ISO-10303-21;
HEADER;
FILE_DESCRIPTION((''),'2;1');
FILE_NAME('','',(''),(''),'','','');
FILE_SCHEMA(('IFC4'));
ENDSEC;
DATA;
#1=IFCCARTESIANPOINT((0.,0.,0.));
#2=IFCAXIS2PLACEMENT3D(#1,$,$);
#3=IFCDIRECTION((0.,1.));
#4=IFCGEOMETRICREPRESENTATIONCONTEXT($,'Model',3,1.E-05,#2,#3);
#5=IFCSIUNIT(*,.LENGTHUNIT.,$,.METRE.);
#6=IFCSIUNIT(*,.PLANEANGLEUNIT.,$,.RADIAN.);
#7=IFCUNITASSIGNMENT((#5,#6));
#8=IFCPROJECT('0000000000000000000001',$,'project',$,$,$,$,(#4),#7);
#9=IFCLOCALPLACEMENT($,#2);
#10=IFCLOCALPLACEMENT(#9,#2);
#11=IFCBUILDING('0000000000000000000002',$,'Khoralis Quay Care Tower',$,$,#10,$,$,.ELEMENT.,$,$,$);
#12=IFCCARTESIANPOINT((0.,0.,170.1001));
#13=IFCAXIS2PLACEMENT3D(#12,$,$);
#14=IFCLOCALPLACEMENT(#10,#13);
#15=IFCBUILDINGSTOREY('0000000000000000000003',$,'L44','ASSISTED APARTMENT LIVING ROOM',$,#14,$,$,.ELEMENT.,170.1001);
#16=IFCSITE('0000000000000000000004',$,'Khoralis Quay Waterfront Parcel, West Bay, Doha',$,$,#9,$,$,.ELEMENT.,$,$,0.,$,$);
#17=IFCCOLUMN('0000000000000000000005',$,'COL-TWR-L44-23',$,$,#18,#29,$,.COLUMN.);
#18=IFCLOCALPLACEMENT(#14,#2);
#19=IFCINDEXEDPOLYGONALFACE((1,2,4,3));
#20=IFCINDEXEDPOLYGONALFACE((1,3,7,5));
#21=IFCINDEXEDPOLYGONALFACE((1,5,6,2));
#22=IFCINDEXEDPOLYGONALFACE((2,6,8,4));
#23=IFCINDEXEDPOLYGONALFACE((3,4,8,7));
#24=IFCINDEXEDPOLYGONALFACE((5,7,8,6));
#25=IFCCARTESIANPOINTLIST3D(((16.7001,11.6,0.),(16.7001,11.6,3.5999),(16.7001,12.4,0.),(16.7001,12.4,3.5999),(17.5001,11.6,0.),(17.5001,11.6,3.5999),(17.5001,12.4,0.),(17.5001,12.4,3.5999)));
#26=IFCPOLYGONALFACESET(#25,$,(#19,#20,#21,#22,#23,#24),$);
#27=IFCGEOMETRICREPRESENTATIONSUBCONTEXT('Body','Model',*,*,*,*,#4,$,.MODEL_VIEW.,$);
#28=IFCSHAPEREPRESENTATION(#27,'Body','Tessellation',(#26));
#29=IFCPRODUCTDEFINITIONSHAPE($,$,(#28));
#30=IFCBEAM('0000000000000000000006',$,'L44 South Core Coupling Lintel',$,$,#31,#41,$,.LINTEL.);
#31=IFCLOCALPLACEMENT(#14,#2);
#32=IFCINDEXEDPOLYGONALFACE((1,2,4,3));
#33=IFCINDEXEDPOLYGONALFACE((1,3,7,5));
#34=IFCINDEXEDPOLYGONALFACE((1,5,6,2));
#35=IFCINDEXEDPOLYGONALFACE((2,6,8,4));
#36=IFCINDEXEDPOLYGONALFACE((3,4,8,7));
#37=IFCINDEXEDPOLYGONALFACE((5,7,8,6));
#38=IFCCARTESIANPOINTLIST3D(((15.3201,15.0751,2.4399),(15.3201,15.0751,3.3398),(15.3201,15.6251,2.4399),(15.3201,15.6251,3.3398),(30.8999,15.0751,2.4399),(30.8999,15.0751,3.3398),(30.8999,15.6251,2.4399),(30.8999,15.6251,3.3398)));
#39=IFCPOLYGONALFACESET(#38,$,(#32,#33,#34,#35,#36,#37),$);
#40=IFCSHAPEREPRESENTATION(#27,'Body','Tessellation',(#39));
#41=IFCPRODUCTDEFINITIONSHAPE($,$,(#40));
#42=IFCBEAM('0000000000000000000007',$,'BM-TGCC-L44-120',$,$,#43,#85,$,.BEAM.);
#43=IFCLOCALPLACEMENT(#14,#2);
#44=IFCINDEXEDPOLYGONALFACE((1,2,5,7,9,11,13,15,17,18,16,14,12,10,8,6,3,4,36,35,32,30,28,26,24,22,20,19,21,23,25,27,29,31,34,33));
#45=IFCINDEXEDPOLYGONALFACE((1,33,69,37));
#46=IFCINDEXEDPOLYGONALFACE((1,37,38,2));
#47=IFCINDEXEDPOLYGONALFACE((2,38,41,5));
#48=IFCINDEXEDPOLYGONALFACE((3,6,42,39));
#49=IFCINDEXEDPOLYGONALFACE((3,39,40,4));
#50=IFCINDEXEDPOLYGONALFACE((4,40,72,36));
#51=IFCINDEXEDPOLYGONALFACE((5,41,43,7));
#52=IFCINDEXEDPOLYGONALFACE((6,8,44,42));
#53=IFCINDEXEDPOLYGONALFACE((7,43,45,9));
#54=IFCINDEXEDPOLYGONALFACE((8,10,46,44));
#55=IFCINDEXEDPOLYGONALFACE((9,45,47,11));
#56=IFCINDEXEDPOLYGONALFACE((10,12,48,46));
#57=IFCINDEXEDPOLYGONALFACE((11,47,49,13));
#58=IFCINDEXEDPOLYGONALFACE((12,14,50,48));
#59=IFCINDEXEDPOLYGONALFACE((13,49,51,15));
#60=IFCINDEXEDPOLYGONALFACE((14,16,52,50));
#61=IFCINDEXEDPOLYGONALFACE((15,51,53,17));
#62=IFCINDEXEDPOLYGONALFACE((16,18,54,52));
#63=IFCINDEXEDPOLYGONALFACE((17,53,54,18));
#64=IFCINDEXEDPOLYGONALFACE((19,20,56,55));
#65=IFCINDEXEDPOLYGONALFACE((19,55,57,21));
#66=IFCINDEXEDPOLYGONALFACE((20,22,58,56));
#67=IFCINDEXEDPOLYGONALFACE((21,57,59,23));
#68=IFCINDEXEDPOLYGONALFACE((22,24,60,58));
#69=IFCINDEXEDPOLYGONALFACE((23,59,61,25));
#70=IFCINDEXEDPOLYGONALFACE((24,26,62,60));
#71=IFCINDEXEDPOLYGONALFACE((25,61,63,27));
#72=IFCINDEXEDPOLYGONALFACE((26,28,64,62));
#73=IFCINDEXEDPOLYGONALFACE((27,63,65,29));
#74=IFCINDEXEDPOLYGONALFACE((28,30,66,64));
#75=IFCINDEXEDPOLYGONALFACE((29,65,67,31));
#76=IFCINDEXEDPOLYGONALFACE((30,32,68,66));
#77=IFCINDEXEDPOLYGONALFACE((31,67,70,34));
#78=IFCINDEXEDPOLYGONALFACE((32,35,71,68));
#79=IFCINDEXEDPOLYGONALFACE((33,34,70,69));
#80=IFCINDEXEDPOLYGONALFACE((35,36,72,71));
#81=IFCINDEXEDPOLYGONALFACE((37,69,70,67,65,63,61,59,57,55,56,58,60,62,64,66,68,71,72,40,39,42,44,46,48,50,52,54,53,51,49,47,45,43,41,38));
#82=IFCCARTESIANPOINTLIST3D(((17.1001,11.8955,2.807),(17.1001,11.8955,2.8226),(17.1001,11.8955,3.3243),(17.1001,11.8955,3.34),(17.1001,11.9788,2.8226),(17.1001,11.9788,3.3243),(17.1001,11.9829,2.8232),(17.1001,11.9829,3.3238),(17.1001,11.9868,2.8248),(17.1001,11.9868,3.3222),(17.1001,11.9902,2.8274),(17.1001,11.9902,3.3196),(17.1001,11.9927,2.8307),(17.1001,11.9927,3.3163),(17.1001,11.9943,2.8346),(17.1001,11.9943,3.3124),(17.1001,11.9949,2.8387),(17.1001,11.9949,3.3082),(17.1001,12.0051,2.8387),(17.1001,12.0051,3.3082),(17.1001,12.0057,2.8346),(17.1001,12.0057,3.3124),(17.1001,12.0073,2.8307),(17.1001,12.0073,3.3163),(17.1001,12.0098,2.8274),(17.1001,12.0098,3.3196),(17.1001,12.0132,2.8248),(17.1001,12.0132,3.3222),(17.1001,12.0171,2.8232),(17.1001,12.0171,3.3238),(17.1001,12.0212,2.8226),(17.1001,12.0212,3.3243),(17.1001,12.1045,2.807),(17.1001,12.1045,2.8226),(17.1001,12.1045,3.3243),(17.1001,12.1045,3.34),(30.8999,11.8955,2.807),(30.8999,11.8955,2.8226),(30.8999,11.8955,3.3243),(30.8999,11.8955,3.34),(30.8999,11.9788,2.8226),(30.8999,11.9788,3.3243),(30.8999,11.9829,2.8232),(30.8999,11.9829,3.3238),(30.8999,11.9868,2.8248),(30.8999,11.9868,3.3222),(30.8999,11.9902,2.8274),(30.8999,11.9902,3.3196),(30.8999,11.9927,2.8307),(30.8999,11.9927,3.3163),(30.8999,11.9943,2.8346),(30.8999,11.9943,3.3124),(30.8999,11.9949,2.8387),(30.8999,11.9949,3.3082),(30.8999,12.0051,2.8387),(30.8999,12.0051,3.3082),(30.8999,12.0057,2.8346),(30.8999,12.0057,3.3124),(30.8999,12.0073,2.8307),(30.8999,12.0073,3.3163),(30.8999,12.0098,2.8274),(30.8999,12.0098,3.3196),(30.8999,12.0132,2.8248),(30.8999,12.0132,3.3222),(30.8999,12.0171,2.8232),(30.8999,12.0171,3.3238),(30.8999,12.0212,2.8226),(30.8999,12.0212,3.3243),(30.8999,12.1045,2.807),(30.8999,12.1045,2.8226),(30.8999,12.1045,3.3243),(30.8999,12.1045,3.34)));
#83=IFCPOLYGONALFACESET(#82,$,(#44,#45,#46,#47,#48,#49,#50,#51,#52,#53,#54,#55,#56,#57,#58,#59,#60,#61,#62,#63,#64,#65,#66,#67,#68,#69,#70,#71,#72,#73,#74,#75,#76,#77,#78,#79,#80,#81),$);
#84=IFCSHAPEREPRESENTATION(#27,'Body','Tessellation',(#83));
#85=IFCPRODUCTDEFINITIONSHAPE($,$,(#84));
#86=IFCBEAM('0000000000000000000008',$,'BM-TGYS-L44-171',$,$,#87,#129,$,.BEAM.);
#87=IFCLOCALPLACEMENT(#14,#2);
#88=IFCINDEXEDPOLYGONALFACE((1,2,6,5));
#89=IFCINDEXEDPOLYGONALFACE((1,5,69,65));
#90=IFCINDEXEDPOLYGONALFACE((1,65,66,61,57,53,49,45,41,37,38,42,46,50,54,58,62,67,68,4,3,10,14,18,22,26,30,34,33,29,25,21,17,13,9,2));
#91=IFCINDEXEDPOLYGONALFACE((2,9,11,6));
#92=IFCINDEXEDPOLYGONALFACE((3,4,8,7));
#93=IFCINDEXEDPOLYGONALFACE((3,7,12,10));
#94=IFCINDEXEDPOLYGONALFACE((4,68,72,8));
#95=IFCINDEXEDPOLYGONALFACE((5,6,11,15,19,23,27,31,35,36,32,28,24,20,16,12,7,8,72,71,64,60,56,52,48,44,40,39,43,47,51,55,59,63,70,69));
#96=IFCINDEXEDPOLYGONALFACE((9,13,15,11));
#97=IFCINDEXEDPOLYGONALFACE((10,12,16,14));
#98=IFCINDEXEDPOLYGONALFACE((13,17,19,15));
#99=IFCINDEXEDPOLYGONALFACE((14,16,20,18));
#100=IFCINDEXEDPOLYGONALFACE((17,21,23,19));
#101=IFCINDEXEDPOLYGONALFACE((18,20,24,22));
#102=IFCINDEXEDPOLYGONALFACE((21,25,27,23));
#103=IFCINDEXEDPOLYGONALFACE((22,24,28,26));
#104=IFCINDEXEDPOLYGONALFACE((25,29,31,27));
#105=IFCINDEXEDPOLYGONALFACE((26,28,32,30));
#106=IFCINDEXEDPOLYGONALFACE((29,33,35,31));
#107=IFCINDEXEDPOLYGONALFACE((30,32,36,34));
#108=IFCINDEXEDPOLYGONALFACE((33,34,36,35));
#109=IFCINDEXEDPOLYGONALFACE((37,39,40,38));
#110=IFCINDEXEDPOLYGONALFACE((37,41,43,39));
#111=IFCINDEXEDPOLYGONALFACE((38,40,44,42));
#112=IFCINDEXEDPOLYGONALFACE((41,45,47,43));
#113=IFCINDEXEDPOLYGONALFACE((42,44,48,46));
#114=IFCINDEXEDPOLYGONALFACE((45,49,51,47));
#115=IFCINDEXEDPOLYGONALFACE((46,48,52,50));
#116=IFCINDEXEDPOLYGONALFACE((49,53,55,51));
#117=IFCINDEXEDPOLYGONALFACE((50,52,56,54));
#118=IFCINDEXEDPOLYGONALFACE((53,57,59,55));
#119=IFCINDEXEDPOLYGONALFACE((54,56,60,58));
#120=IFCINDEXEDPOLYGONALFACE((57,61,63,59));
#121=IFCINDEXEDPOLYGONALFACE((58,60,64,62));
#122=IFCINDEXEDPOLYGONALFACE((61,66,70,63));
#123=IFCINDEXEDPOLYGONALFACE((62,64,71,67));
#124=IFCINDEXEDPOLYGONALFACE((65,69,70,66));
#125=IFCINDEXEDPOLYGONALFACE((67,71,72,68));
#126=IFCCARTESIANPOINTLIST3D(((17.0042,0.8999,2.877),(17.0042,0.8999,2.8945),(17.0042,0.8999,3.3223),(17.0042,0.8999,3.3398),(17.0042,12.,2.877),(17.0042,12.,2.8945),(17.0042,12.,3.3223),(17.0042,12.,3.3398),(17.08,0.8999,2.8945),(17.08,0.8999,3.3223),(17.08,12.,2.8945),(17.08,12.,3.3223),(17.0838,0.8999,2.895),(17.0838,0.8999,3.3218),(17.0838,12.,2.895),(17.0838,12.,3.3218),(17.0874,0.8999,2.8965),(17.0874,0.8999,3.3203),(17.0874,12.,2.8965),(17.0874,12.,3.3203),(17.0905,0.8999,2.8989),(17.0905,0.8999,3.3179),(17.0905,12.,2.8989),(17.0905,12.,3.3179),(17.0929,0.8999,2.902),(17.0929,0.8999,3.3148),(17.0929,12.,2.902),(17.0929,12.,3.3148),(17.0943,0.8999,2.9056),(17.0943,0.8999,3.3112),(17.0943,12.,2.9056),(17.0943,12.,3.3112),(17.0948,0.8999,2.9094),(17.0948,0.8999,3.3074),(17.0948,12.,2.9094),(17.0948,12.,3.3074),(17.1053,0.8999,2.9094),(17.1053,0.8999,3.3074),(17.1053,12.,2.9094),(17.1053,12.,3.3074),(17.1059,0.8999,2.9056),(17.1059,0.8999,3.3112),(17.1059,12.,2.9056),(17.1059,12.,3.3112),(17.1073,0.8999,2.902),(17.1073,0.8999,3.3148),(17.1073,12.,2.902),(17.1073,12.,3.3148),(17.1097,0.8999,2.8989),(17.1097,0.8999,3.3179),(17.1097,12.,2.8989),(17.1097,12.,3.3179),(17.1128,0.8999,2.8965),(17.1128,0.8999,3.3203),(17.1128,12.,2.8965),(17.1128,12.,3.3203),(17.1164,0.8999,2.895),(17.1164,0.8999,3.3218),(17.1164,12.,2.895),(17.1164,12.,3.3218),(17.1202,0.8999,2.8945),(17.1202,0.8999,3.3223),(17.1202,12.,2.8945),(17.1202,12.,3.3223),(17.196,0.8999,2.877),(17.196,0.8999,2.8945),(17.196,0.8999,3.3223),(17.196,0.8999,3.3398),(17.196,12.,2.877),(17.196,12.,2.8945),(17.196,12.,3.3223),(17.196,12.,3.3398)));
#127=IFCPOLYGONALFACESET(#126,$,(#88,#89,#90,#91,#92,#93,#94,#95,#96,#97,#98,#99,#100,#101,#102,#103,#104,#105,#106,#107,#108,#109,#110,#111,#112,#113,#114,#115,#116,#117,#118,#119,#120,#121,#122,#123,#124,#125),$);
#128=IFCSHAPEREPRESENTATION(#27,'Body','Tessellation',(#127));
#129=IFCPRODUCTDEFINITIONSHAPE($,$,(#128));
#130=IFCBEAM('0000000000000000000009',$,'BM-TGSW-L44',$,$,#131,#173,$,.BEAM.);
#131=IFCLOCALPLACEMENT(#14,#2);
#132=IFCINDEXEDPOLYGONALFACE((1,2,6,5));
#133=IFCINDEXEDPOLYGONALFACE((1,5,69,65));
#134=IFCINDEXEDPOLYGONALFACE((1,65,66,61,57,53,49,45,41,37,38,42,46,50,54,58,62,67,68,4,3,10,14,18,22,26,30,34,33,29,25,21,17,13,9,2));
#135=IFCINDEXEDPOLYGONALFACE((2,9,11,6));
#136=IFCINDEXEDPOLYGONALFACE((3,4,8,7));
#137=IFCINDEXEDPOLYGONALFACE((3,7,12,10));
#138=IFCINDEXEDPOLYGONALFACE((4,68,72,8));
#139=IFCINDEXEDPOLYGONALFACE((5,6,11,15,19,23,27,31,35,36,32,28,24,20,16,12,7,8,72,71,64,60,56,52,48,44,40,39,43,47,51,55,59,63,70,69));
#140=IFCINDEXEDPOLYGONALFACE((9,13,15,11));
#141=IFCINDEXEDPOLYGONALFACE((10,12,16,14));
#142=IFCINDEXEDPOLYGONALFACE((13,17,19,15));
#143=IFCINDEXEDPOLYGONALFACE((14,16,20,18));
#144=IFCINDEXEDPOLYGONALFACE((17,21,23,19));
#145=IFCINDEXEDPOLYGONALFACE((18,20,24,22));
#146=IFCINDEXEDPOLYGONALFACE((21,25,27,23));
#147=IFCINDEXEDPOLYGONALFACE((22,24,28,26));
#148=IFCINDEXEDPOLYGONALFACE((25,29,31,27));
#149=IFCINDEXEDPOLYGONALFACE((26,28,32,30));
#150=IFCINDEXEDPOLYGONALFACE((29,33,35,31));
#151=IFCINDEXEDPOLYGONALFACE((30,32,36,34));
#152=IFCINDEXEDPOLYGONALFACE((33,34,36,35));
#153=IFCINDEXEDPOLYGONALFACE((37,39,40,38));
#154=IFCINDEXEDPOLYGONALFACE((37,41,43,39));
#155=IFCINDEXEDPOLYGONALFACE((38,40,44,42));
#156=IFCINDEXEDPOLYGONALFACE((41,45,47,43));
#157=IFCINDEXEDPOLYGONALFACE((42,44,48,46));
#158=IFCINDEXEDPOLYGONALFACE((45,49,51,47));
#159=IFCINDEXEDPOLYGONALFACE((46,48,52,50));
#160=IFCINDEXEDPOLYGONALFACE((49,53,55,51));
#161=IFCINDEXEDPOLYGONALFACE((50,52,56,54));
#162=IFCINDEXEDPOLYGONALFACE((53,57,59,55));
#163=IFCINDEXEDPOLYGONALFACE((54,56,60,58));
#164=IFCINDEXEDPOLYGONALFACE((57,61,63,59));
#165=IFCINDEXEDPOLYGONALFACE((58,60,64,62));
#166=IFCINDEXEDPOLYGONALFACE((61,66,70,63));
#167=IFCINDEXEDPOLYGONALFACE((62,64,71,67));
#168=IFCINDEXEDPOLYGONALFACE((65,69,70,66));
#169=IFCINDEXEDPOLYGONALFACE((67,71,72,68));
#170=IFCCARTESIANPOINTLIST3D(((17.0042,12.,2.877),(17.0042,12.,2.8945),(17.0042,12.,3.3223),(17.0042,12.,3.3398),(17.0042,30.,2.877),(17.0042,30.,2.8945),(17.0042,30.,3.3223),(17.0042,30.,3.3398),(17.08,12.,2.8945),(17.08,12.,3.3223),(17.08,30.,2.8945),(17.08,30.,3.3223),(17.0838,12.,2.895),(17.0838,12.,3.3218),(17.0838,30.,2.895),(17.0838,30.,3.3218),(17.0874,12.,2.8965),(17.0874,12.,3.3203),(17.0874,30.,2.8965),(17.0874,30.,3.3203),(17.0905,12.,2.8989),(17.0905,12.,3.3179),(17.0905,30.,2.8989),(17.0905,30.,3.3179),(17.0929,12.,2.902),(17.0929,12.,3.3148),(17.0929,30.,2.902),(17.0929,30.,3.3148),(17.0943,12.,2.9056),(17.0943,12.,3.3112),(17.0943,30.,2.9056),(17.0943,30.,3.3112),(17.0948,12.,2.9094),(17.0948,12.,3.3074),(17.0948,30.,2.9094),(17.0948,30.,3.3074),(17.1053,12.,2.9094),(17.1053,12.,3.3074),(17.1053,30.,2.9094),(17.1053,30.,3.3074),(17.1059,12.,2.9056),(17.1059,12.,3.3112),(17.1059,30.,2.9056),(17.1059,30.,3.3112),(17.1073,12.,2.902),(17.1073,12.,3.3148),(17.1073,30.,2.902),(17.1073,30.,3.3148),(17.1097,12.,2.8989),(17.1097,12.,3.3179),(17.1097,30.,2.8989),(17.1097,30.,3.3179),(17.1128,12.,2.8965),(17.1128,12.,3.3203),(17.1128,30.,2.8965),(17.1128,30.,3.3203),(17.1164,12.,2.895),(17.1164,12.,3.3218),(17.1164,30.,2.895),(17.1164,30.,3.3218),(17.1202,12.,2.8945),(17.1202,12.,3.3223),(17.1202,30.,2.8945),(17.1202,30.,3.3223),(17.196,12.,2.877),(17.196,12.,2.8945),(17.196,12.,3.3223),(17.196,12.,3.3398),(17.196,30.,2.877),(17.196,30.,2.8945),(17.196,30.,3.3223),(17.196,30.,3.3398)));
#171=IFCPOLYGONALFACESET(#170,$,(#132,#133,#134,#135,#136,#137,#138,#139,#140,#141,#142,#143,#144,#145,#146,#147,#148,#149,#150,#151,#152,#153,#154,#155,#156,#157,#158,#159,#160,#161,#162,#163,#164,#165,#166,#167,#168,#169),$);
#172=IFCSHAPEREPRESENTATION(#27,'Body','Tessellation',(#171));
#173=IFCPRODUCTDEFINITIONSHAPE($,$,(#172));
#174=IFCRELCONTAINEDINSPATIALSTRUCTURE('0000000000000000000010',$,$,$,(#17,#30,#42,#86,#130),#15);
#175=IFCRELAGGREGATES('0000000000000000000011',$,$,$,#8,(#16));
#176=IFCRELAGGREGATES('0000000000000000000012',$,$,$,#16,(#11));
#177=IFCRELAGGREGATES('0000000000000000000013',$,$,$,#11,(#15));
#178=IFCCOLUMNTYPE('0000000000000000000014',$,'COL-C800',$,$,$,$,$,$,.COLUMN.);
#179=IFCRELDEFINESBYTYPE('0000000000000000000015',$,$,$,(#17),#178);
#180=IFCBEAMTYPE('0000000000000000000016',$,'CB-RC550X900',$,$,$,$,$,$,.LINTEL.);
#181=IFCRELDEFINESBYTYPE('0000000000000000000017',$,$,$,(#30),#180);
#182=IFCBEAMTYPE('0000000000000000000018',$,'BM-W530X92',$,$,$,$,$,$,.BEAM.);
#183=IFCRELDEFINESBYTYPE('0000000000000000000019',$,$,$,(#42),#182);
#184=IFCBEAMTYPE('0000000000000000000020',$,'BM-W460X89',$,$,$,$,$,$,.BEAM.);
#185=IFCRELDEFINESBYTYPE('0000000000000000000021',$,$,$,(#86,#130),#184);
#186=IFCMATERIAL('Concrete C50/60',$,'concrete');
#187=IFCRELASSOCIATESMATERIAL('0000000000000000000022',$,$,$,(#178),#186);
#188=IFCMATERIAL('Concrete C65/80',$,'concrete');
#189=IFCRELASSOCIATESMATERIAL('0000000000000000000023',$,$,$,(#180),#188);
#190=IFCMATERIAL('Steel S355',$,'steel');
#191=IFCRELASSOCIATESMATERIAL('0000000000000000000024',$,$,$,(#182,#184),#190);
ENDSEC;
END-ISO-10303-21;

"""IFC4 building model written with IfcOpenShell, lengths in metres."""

from ifc_helpers import new_model, si_unit, direction, frame, origin, origin_2d, place, context, subcontext, project, spatial, rectangle, i_section, extrude, source, transform, mapped, material, material_profile, profile_set, type_object, element, save


model = new_model("IFC4")

# Units and contexts
model_context = context("Model", 3, precision=1e-05, world=origin(), true_north=direction((0.0, 1.0)))
body_context = subcontext(model_context, "Body", "Model", "MODEL_VIEW")
ifc_project = project(units=[si_unit("LENGTHUNIT", "METRE"), si_unit("PLANEANGLEUNIT", "RADIAN")], contexts=[model_context])

# Site, building, storey
site_placement = place(None, origin())
site = spatial("IfcSite", under=ifc_project, at=site_placement, Name="Khoralis Quay Waterfront Parcel, West Bay, Doha", CompositionType="ELEMENT", RefElevation=0.0)
building_placement = place(site_placement, origin())
building = spatial("IfcBuilding", under=site, at=building_placement, Name="Khoralis Quay Care Tower", CompositionType="ELEMENT")
storey_placement = place(building_placement, frame((0.0, 0.0, 170.1001)))
storey = spatial("IfcBuildingStorey", under=building, at=storey_placement, Name="L44", Description="ASSISTED APARTMENT LIVING ROOM", CompositionType="ELEMENT", Elevation=170.1001)

# Column
ifc_material_1 = material(Name="Concrete C50/60", Category="concrete")
ifc_material_profile_1 = material_profile(ifc_material_1, rectangle(XDim=0.8, YDim=0.8, at=origin_2d()), Name="Concrete C50/60")
ifc_profile_set_1 = profile_set([ifc_material_profile_1], Name="Concrete C50/60")
column_type = type_object("IfcColumnType", Name="COL-C800", PredefinedType="COLUMN", material=ifc_profile_set_1)
shared_shape_1 = source(origin(), body_context, "Body", "SweptSolid", [
    extrude(rectangle(XDim=0.8, YDim=0.8, at=origin_2d()), origin(), (0.0, 0.0, 1.0), 3.5999),
])
column_placement = place(storey_placement, frame((17.1001, 12.0, 0.0), z_axis=(0.0, 0.0, 1.0), x_axis=(1.0, 0.0, 0.0)))
element("IfcColumn", 1, at=column_placement, inside=storey, type_object=column_type, Name="COL-TWR-L44-23", PredefinedType="COLUMN", context=body_context, shape_type="MappedRepresentation", body=[
    mapped(shared_shape_1, transform((0.0, 0.0, 0.0), scale=1.0)),
])

# Beams
ifc_material_2 = material(Name="Concrete C65/80", Category="concrete")
ifc_material_profile_2 = material_profile(ifc_material_2, rectangle(XDim=0.55, YDim=0.8999, at=origin_2d()), Name="Concrete C65/80")
ifc_profile_set_2 = profile_set([ifc_material_profile_2], Name="Concrete C65/80")
beam_type_1 = type_object("IfcBeamType", Name="CB-RC550X900", PredefinedType="LINTEL", material=ifc_profile_set_2)
shared_shape_2 = source(origin(), body_context, "Body", "SweptSolid", [
    extrude(rectangle(XDim=0.55, YDim=0.8999, at=origin_2d()), origin(), (0.0, 0.0, 1.0), 15.5798),
])
beam_1_placement = place(storey_placement, frame((15.3201, 15.3501, 2.8899), z_axis=(1.0, 0.0, 0.0), x_axis=(0.0, 1.0, 0.0)))
element("IfcBeam", 2, at=beam_1_placement, inside=storey, type_object=beam_type_1, Name="L44 South Core Coupling Lintel", PredefinedType="LINTEL", context=body_context, shape_type="MappedRepresentation", body=[
    mapped(shared_shape_2, transform((0.0, 0.0, 0.0), scale=1.0)),
])
ifc_material_3 = material(Name="Steel S355", Category="steel")
ifc_material_profile_3 = material_profile(ifc_material_3, i_section(OverallWidth=0.209, OverallDepth=0.533, WebThickness=0.0103, FlangeThickness=0.0156, FilletRadius=0.0161, at=origin_2d()), Name="Steel S355")
ifc_profile_set_3 = profile_set([ifc_material_profile_3], Name="Steel S355")
beam_type_2 = type_object("IfcBeamType", Name="BM-W530X92", PredefinedType="BEAM", material=ifc_profile_set_3)
shared_shape_3 = source(origin(), body_context, "Body", "SweptSolid", [
    extrude(i_section(OverallWidth=0.209, OverallDepth=0.533, WebThickness=0.0103, FlangeThickness=0.0156, FilletRadius=0.0161, at=origin_2d()), origin(), (0.0, 0.0, 1.0), 13.7998),
])
beam_2_placement = place(storey_placement, frame((17.1001, 12.0, 3.0735), z_axis=(1.0, 0.0, 0.0), x_axis=(0.0, 1.0, 0.0)))
element("IfcBeam", 3, at=beam_2_placement, inside=storey, type_object=beam_type_2, Name="BM-TGCC-L44-120", PredefinedType="BEAM", context=body_context, shape_type="MappedRepresentation", body=[
    mapped(shared_shape_3, transform((0.0, 0.0, 0.0), scale=1.0)),
])
ifc_material_profile_4 = material_profile(ifc_material_3, i_section(OverallWidth=0.1919, OverallDepth=0.4629, WebThickness=0.0105, FlangeThickness=0.0176, FilletRadius=0.0149, at=origin_2d()), Name="Steel S355")
ifc_profile_set_4 = profile_set([ifc_material_profile_4], Name="Steel S355")
beam_type_3 = type_object("IfcBeamType", Name="BM-W460X89", PredefinedType="BEAM", material=ifc_profile_set_4)
shared_shape_4 = source(origin(), body_context, "Body", "SweptSolid", [
    extrude(i_section(OverallWidth=0.1919, OverallDepth=0.4629, WebThickness=0.0105, FlangeThickness=0.0176, FilletRadius=0.0149, at=origin_2d()), origin(), (0.0, 0.0, 1.0), 11.1001),
])
beam_3_placement = place(storey_placement, frame((17.1001, 0.8999, 3.1084), z_axis=(0.0, 1.0, 0.0), x_axis=(-1.0, 0.0, 0.0)))
element("IfcBeam", 4, at=beam_3_placement, inside=storey, type_object=beam_type_3, Name="BM-TGYS-L44-171", PredefinedType="BEAM", context=body_context, shape_type="MappedRepresentation", body=[
    mapped(shared_shape_4, transform((0.0, 0.0, 0.0), scale=1.0)),
])
shared_shape_5 = source(origin(), body_context, "Body", "SweptSolid", [
    extrude(i_section(OverallWidth=0.1919, OverallDepth=0.4629, WebThickness=0.0105, FlangeThickness=0.0176, FilletRadius=0.0149, at=origin_2d()), origin(), (0.0, 0.0, 1.0), 18.0),
])
beam_4_placement = place(storey_placement, frame((17.1001, 12.0, 3.1084), z_axis=(0.0, 1.0, 0.0), x_axis=(-1.0, 0.0, 0.0)))
element("IfcBeam", 5, at=beam_4_placement, inside=storey, type_object=beam_type_3, Name="BM-TGSW-L44", PredefinedType="BEAM", context=body_context, shape_type="MappedRepresentation", body=[
    mapped(shared_shape_5, transform((0.0, 0.0, 0.0), scale=1.0)),
])

save(model, "model.ifc")
